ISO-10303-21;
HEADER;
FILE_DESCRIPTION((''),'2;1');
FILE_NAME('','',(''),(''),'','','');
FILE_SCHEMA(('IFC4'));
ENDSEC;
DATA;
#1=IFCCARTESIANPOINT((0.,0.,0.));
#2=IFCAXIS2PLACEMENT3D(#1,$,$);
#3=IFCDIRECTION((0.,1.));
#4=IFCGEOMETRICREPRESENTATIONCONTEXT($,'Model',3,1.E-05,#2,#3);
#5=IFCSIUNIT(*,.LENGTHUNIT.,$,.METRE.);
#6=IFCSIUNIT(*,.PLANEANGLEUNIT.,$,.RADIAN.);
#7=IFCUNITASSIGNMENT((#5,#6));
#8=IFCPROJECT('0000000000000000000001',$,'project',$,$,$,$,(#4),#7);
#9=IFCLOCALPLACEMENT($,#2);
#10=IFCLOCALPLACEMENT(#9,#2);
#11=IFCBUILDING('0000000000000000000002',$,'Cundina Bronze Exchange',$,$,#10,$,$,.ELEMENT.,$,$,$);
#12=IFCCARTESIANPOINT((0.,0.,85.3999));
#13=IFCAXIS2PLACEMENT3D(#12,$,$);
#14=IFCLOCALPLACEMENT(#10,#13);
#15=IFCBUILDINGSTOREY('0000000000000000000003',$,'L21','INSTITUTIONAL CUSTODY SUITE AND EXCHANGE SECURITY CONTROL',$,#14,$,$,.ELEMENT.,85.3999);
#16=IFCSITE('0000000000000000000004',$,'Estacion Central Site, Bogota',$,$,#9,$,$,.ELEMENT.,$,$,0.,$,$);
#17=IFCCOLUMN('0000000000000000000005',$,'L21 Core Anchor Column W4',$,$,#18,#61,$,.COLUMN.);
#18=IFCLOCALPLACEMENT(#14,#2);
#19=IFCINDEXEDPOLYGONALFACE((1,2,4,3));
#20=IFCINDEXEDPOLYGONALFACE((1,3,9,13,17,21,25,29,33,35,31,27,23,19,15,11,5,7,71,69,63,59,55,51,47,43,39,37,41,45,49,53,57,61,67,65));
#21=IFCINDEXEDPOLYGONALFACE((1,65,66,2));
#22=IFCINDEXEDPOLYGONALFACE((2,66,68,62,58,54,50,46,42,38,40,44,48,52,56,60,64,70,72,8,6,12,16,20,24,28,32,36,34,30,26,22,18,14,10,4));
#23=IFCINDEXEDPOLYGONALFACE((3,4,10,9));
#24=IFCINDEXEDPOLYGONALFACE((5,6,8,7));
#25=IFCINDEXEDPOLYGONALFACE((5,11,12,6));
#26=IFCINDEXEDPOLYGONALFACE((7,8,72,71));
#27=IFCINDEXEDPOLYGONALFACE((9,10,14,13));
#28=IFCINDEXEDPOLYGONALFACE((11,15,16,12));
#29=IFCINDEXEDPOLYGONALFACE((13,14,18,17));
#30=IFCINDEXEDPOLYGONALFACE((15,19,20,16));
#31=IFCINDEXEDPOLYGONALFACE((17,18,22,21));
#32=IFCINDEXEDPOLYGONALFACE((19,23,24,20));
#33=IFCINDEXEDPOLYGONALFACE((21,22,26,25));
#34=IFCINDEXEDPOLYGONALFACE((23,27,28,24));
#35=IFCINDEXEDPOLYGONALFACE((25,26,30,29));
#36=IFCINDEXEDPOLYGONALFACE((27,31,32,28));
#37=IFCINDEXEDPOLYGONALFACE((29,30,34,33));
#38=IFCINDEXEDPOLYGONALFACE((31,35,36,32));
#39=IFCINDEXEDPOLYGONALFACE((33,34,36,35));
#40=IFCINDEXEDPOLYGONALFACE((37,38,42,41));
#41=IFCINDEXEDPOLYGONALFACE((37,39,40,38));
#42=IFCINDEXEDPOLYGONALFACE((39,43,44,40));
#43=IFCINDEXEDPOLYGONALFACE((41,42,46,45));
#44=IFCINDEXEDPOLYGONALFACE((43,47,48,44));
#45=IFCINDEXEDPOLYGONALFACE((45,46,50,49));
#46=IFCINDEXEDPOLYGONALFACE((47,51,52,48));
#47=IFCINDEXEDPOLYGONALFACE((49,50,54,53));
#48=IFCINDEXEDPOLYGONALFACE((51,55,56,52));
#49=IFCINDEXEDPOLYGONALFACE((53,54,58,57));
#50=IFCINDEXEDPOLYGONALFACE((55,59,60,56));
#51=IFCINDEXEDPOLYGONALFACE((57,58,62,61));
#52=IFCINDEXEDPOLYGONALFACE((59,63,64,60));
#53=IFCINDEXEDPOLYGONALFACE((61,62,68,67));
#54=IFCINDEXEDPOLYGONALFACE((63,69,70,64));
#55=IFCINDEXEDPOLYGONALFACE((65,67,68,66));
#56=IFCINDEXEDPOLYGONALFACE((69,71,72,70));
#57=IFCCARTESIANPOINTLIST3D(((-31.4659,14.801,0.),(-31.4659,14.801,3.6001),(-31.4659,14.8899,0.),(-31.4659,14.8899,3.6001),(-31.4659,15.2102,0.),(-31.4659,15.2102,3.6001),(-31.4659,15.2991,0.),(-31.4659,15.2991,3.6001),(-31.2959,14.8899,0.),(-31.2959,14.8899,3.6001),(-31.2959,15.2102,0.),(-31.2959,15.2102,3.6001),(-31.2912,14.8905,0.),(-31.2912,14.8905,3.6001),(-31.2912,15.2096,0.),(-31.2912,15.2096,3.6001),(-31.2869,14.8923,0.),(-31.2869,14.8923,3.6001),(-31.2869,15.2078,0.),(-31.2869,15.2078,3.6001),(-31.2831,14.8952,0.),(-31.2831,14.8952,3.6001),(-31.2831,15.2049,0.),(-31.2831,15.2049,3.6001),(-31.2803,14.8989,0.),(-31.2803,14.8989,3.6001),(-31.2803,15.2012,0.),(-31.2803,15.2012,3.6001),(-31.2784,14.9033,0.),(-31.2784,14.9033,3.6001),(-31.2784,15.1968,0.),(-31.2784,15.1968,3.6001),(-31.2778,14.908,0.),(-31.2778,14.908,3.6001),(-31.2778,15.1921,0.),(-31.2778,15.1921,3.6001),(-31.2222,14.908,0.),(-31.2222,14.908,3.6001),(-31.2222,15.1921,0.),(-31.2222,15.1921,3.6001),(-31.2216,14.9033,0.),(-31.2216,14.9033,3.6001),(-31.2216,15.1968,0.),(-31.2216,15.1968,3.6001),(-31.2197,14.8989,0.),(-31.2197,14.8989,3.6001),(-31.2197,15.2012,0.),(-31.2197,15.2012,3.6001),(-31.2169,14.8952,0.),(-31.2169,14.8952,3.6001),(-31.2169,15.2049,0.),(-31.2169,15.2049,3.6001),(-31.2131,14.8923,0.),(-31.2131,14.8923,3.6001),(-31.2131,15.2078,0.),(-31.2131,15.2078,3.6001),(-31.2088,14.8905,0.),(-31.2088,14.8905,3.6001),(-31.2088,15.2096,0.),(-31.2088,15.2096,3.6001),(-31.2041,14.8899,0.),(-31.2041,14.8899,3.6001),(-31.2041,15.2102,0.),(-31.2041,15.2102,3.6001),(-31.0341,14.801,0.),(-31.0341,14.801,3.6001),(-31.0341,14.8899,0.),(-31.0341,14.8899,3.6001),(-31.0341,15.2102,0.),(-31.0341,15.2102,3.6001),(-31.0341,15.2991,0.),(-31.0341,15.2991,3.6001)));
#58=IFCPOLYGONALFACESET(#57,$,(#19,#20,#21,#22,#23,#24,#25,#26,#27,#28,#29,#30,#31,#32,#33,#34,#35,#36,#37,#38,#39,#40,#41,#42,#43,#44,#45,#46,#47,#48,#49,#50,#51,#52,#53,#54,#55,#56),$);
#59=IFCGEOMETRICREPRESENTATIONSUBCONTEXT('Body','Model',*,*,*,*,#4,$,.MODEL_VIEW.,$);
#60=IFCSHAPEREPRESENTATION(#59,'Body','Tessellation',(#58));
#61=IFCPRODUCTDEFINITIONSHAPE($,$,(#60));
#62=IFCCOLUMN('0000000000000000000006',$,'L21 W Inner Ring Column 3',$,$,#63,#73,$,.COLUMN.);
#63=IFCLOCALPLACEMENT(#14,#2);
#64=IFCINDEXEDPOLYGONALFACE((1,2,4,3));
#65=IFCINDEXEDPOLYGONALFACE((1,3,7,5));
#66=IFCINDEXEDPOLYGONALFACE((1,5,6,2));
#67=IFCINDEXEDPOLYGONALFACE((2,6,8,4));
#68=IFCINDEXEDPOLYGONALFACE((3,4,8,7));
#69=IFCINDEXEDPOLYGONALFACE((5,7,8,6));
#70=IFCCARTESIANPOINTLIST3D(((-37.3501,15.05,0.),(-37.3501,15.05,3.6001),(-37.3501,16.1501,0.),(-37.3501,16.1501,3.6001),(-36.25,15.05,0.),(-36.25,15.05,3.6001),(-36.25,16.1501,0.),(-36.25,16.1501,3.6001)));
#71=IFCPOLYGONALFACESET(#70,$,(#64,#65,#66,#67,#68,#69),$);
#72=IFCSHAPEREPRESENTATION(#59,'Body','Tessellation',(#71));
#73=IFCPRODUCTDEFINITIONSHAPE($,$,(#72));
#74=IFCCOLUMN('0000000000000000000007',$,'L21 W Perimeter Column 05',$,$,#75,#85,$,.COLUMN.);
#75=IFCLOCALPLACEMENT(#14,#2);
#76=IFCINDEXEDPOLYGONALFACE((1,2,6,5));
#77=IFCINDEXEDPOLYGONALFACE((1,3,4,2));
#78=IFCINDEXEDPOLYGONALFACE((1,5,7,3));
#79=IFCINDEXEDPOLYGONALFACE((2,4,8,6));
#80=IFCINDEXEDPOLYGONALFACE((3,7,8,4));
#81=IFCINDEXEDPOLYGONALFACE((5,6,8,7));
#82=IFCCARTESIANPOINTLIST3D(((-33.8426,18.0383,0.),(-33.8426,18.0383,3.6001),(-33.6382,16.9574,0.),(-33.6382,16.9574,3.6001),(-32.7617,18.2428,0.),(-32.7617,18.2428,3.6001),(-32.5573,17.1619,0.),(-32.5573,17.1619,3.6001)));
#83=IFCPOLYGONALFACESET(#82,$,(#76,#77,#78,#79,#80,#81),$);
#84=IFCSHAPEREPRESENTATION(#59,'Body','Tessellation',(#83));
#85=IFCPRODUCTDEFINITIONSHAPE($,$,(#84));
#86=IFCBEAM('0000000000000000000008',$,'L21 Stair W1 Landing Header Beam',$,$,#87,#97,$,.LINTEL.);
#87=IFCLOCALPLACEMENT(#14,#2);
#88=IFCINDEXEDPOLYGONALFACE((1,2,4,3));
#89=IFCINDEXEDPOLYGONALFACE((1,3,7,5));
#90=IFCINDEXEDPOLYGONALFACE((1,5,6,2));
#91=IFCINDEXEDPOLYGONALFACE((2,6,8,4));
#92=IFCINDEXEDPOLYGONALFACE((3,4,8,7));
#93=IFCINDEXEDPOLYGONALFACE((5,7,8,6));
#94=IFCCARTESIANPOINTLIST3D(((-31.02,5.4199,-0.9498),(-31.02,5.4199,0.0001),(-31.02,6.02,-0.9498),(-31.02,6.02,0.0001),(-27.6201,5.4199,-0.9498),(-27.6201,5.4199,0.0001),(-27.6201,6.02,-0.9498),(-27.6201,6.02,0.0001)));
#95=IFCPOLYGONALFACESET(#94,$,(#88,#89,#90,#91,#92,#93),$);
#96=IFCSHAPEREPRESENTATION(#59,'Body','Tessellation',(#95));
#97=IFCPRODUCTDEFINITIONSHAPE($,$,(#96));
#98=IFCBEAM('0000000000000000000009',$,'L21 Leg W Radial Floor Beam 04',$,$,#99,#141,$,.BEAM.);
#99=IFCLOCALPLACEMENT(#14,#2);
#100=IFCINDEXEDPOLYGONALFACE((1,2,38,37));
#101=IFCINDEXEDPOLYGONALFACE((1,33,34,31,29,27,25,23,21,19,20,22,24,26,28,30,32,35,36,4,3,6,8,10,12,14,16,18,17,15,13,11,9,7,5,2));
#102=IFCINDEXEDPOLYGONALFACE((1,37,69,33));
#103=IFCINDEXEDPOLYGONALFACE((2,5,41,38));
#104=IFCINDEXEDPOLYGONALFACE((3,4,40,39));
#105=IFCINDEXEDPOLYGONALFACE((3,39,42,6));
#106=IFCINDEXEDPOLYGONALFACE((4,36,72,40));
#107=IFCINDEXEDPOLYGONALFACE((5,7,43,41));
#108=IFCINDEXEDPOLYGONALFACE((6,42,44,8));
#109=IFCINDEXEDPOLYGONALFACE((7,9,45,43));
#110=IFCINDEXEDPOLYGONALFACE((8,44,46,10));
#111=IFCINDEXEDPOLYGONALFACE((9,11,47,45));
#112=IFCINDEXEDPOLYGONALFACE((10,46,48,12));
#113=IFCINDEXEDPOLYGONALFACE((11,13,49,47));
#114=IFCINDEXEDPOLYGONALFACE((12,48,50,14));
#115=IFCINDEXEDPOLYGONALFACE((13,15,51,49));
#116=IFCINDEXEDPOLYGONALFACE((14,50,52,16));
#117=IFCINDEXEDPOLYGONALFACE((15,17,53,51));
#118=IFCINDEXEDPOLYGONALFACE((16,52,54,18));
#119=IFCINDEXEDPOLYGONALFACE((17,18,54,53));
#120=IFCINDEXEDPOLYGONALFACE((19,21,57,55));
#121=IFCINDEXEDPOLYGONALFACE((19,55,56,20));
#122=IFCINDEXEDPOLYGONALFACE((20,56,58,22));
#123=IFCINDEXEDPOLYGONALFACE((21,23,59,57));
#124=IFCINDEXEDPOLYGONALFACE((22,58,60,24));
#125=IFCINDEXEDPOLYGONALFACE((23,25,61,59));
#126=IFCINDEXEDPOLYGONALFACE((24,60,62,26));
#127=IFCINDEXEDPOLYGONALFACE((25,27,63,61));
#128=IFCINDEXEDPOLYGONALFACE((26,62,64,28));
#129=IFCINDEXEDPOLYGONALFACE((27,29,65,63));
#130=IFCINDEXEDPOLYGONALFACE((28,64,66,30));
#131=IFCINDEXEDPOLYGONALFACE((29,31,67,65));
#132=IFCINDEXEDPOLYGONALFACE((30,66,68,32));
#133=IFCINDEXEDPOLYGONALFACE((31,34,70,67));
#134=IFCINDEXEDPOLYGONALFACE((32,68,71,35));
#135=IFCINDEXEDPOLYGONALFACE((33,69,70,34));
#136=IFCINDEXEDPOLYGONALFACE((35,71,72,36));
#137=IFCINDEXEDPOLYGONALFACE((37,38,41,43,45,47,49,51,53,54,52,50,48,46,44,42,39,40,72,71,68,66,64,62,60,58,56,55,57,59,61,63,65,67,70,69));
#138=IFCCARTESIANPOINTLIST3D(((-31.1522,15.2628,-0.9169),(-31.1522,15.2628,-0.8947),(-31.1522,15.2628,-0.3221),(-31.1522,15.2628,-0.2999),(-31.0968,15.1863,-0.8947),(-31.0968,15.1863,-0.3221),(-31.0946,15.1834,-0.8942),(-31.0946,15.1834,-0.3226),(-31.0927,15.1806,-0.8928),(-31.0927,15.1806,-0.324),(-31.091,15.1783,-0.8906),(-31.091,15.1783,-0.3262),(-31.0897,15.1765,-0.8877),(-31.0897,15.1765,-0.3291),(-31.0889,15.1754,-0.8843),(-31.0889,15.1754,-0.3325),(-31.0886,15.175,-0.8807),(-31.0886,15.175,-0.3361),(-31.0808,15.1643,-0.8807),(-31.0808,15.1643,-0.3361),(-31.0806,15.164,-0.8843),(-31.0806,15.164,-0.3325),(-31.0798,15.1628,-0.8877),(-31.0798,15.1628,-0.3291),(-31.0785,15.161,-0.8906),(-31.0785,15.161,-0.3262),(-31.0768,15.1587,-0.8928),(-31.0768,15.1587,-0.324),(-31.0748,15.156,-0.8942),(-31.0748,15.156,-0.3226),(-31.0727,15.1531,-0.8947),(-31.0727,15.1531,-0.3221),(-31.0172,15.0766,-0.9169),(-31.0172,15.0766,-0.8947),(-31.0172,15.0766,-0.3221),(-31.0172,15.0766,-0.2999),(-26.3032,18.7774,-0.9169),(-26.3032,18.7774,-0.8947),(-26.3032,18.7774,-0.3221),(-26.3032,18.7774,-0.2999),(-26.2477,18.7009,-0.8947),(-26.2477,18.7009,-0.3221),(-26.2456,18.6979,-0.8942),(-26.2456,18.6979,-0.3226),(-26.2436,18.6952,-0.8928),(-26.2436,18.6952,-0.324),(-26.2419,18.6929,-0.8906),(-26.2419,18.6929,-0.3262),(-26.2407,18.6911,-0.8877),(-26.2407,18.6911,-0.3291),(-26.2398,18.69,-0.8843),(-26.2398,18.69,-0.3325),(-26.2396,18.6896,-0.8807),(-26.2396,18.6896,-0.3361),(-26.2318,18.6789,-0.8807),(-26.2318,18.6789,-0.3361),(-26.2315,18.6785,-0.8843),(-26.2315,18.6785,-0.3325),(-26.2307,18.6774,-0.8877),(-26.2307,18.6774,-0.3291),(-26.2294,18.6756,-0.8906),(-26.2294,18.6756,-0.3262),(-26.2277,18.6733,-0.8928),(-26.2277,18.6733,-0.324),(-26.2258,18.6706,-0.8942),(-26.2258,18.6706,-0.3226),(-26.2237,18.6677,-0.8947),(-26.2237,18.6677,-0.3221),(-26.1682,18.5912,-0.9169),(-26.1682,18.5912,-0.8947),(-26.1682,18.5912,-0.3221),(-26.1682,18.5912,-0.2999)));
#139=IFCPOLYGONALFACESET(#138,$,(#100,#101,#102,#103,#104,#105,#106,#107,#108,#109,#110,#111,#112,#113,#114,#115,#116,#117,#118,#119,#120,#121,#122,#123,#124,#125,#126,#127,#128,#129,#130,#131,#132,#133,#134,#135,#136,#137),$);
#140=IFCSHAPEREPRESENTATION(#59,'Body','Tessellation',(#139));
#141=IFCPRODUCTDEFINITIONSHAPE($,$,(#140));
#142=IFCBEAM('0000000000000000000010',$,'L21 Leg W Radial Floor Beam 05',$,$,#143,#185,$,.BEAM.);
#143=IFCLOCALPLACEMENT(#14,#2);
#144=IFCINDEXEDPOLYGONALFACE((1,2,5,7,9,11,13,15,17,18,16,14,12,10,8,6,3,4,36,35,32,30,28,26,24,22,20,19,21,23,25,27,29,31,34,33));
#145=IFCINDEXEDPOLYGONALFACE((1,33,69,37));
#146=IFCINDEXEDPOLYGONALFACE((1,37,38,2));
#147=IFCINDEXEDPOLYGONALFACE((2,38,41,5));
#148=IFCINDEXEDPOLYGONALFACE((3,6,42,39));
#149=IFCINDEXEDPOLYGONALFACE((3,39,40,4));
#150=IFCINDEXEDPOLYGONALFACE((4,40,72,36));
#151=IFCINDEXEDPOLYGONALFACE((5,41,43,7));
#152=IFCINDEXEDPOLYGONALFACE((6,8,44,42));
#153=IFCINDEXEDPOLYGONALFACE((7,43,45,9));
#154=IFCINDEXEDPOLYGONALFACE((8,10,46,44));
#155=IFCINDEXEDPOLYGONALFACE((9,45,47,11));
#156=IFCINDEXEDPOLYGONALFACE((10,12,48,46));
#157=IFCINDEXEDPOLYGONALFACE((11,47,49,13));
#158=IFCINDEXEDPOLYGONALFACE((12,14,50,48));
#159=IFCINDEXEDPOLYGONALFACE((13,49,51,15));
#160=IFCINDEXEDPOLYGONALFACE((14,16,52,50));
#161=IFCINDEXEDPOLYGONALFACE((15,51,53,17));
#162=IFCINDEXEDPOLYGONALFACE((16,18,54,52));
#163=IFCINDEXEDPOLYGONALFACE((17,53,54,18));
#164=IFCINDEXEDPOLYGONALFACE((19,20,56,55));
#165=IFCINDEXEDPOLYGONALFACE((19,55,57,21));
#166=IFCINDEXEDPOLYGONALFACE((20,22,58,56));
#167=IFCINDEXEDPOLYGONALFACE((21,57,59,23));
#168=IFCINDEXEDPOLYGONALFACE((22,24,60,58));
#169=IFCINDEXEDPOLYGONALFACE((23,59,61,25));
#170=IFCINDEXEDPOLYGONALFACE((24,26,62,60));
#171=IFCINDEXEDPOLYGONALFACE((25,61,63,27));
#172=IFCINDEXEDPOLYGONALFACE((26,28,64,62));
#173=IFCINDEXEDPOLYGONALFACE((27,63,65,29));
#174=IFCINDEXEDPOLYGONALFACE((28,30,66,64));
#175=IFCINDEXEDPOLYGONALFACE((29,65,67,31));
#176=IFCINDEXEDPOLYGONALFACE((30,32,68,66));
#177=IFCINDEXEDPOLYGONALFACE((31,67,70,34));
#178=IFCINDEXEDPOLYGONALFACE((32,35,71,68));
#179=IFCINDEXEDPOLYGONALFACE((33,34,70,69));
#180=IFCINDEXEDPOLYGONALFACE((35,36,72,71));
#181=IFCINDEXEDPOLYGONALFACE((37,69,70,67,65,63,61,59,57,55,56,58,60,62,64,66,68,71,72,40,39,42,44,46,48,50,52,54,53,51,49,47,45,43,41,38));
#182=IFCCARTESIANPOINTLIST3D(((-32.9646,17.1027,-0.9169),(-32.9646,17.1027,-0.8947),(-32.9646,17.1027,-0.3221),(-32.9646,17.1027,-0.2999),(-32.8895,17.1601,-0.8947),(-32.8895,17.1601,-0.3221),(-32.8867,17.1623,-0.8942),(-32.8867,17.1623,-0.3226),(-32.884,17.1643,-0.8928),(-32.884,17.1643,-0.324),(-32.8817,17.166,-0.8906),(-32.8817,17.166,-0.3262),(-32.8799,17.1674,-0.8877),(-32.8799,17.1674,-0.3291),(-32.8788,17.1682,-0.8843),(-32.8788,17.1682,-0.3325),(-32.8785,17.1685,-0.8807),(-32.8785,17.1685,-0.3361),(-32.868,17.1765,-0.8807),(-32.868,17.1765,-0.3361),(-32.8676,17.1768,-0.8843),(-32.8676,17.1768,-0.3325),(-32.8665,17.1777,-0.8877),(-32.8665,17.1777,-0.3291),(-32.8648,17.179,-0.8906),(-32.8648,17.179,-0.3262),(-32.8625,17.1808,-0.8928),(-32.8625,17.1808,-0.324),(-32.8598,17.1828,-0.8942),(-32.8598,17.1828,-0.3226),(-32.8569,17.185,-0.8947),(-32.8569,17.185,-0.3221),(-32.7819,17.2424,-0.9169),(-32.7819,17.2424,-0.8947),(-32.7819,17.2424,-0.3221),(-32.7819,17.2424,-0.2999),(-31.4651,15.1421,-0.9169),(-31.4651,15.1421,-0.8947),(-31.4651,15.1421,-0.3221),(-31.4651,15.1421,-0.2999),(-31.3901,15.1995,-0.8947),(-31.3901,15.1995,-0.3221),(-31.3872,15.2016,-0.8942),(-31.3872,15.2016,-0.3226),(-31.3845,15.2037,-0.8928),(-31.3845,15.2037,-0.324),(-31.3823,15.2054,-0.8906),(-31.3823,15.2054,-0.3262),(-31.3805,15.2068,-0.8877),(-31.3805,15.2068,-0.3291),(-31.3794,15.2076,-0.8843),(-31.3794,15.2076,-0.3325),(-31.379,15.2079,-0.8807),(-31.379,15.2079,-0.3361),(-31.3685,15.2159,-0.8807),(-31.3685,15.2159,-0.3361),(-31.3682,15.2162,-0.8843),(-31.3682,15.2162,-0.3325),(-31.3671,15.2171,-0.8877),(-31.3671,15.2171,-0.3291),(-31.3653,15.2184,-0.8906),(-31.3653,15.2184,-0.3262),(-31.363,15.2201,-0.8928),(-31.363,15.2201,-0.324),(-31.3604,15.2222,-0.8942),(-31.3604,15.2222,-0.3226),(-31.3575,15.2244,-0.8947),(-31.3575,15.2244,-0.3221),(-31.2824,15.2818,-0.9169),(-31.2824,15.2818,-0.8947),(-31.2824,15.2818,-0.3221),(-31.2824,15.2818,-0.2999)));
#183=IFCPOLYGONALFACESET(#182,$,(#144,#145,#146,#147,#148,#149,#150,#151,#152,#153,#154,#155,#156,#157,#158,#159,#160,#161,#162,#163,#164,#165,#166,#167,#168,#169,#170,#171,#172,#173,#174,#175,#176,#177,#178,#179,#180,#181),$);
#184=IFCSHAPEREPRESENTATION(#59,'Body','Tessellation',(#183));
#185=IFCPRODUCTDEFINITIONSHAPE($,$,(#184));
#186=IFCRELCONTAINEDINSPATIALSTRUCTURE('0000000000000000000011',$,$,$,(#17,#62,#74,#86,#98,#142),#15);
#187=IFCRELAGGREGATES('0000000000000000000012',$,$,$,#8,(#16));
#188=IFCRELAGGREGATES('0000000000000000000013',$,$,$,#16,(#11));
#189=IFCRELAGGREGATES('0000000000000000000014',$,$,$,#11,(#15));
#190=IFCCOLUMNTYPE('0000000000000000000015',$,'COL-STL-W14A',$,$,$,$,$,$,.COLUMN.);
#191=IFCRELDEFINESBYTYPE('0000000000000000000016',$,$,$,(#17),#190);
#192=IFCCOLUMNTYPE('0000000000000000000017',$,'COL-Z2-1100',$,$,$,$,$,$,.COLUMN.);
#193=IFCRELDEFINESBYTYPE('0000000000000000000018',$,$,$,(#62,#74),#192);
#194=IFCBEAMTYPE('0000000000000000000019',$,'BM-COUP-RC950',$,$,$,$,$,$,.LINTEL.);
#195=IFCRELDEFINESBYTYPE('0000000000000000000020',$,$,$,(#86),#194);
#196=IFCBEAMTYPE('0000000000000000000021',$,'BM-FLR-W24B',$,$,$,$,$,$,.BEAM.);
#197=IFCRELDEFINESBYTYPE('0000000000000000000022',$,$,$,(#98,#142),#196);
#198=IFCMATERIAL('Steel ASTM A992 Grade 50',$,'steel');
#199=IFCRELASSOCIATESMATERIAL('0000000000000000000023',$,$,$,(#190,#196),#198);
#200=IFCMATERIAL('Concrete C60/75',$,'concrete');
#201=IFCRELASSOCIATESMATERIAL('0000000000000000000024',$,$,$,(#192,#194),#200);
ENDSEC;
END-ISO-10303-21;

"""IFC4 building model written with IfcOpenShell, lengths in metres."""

from ifc_helpers import new_model, si_unit, direction, frame, origin, origin_2d, place, context, subcontext, project, spatial, rectangle, i_section, extrude, material, material_profile, profile_set, type_object, element, save


model = new_model("IFC4")

# Units and contexts
model_context = context("Model", 3, precision=1e-05, world=origin(), true_north=direction((0.0, 1.0)))
body_context = subcontext(model_context, "Body", "Model", "MODEL_VIEW")
ifc_project = project(units=[si_unit("LENGTHUNIT", "METRE"), si_unit("PLANEANGLEUNIT", "RADIAN")], contexts=[model_context])

# Site, building, storey
site_placement = place(None, origin())
site = spatial("IfcSite", under=ifc_project, at=site_placement, Name="Estacion Central Site, Bogota", CompositionType="ELEMENT", RefElevation=0.0)
building_placement = place(site_placement, origin())
building = spatial("IfcBuilding", under=site, at=building_placement, Name="Cundina Bronze Exchange", CompositionType="ELEMENT")
storey_placement = place(building_placement, frame((0.0, 0.0, 85.3999)))
storey = spatial("IfcBuildingStorey", under=building, at=storey_placement, Name="L21", Description="INSTITUTIONAL CUSTODY SUITE AND EXCHANGE SECURITY CONTROL", CompositionType="ELEMENT", Elevation=85.3999)

# Columns
ifc_material_1 = material(Name="Steel ASTM A992 Grade 50", Category="steel")
ifc_material_profile_1 = material_profile(ifc_material_1, i_section(OverallWidth=0.4319, OverallDepth=0.498, WebThickness=0.0557, FlangeThickness=0.0889, FilletRadius=0.0181, at=origin_2d()), Name="W14X500", Category="steel")
ifc_profile_set_1 = profile_set([ifc_material_profile_1], Name="Steel ASTM A992 Grade 50")
column_type_1 = type_object("IfcColumnType", Name="COL-STL-W14A", PredefinedType="COLUMN", material=ifc_profile_set_1)
column_placement = place(storey_placement, frame((-31.25, 15.05, 0.0), z_axis=(0.0, 0.0, 1.0), x_axis=(1.0, 0.0, 0.0)))
element("IfcColumn", 1, at=column_placement, inside=storey, type_object=column_type_1, Name="L21 Core Anchor Column W4", PredefinedType="COLUMN", context=body_context, shape_type="SweptSolid", body=[
    extrude(i_section(OverallWidth=0.4319, OverallDepth=0.498, WebThickness=0.0557, FlangeThickness=0.0889, FilletRadius=0.0181, at=origin_2d()), origin(), (0.0, 0.0, 1.0), 3.6001),
])
ifc_material_2 = material(Name="Concrete C60/75", Category="concrete")
ifc_material_profile_2 = material_profile(ifc_material_2, rectangle(XDim=1.1001, YDim=1.1001, at=origin_2d()), Name="RC1100X1100", Category="concrete")
ifc_profile_set_2 = profile_set([ifc_material_profile_2], Name="Concrete C60/75")
column_type_2 = type_object("IfcColumnType", Name="COL-Z2-1100", PredefinedType="COLUMN", material=ifc_profile_set_2)
for number, where, z_axis, x_axis, name in (
    (2, (-36.8, 15.6001, 0.0), (0.0, 0.0, 1.0), (1.0, 0.0, 0.0), "L21 W Inner Ring Column 3"),
    (3, (-33.2, 17.6001, 0.0), (0.0, 0.0, 1.0), (-0.98258, -0.185838, 0.0), "L21 W Perimeter Column 05"),
):
    element("IfcColumn", number, at=place(storey_placement, frame(where, z_axis=z_axis, x_axis=x_axis)), inside=storey, type_object=column_type_2, Name=name, PredefinedType="COLUMN", context=body_context, shape_type="SweptSolid", body=[
        extrude(rectangle(XDim=1.1001, YDim=1.1001, at=origin_2d()), origin(), (0.0, 0.0, 1.0), 3.6001),
    ])

# Beams
ifc_material_profile_3 = material_profile(ifc_material_2, rectangle(XDim=0.6001, YDim=0.95, at=origin_2d()), Name="RC600X950", Category="concrete")
ifc_profile_set_3 = profile_set([ifc_material_profile_3], Name="Concrete C60/75")
beam_type_1 = type_object("IfcBeamType", Name="BM-COUP-RC950", PredefinedType="LINTEL", material=ifc_profile_set_3)
beam_1_placement = place(storey_placement, frame((-31.02, 5.72, -0.4749), z_axis=(1.0, 0.0, 0.0), x_axis=(0.0, 1.0, 0.0)))
element("IfcBeam", 4, at=beam_1_placement, inside=storey, type_object=beam_type_1, Name="L21 Stair W1 Landing Header Beam", PredefinedType="LINTEL", context=body_context, shape_type="SweptSolid", body=[
    extrude(rectangle(XDim=0.6001, YDim=0.95, at=origin_2d()), origin(), (0.0, 0.0, 1.0), 3.3999),
])
ifc_material_profile_4 = material_profile(ifc_material_1, i_section(OverallWidth=0.23, OverallDepth=0.6169, WebThickness=0.0132, FlangeThickness=0.0222, FilletRadius=0.0139, at=origin_2d()), Name="W24X94", Category="steel")
ifc_profile_set_4 = profile_set([ifc_material_profile_4], Name="Steel ASTM A992 Grade 50")
beam_type_2 = type_object("IfcBeamType", Name="BM-FLR-W24B", PredefinedType="BEAM", material=ifc_profile_set_4)
beam_2_placement = place(storey_placement, frame((-31.0847, 15.1697, -0.6084), z_axis=(0.809687, 0.586862, 0.0), x_axis=(-0.586862, 0.809687, 0.0)))
element("IfcBeam", 5, at=beam_2_placement, inside=storey, type_object=beam_type_2, Name="L21 Leg W Radial Floor Beam 04", PredefinedType="BEAM", context=body_context, shape_type="SweptSolid", body=[
    extrude(i_section(OverallWidth=0.23, OverallDepth=0.6169, WebThickness=0.0132, FlangeThickness=0.0222, FilletRadius=0.0139, at=origin_2d()), origin(), (0.0, 0.0, 1.0), 5.9888),
])
beam_3_placement = place(storey_placement, frame((-31.3738, 15.2119, -0.6084), z_axis=(-0.60749, 0.794327, 0.0), x_axis=(-0.794327, -0.60749, 0.0)))
element("IfcBeam", 6, at=beam_3_placement, inside=storey, type_object=beam_type_2, Name="L21 Leg W Radial Floor Beam 05", PredefinedType="BEAM", context=body_context, shape_type="SweptSolid", body=[
    extrude(i_section(OverallWidth=0.23, OverallDepth=0.6169, WebThickness=0.0132, FlangeThickness=0.0222, FilletRadius=0.0139, at=origin_2d()), origin(), (0.0, 0.0, 1.0), 2.4683),
])

save(model, "model.ifc")
